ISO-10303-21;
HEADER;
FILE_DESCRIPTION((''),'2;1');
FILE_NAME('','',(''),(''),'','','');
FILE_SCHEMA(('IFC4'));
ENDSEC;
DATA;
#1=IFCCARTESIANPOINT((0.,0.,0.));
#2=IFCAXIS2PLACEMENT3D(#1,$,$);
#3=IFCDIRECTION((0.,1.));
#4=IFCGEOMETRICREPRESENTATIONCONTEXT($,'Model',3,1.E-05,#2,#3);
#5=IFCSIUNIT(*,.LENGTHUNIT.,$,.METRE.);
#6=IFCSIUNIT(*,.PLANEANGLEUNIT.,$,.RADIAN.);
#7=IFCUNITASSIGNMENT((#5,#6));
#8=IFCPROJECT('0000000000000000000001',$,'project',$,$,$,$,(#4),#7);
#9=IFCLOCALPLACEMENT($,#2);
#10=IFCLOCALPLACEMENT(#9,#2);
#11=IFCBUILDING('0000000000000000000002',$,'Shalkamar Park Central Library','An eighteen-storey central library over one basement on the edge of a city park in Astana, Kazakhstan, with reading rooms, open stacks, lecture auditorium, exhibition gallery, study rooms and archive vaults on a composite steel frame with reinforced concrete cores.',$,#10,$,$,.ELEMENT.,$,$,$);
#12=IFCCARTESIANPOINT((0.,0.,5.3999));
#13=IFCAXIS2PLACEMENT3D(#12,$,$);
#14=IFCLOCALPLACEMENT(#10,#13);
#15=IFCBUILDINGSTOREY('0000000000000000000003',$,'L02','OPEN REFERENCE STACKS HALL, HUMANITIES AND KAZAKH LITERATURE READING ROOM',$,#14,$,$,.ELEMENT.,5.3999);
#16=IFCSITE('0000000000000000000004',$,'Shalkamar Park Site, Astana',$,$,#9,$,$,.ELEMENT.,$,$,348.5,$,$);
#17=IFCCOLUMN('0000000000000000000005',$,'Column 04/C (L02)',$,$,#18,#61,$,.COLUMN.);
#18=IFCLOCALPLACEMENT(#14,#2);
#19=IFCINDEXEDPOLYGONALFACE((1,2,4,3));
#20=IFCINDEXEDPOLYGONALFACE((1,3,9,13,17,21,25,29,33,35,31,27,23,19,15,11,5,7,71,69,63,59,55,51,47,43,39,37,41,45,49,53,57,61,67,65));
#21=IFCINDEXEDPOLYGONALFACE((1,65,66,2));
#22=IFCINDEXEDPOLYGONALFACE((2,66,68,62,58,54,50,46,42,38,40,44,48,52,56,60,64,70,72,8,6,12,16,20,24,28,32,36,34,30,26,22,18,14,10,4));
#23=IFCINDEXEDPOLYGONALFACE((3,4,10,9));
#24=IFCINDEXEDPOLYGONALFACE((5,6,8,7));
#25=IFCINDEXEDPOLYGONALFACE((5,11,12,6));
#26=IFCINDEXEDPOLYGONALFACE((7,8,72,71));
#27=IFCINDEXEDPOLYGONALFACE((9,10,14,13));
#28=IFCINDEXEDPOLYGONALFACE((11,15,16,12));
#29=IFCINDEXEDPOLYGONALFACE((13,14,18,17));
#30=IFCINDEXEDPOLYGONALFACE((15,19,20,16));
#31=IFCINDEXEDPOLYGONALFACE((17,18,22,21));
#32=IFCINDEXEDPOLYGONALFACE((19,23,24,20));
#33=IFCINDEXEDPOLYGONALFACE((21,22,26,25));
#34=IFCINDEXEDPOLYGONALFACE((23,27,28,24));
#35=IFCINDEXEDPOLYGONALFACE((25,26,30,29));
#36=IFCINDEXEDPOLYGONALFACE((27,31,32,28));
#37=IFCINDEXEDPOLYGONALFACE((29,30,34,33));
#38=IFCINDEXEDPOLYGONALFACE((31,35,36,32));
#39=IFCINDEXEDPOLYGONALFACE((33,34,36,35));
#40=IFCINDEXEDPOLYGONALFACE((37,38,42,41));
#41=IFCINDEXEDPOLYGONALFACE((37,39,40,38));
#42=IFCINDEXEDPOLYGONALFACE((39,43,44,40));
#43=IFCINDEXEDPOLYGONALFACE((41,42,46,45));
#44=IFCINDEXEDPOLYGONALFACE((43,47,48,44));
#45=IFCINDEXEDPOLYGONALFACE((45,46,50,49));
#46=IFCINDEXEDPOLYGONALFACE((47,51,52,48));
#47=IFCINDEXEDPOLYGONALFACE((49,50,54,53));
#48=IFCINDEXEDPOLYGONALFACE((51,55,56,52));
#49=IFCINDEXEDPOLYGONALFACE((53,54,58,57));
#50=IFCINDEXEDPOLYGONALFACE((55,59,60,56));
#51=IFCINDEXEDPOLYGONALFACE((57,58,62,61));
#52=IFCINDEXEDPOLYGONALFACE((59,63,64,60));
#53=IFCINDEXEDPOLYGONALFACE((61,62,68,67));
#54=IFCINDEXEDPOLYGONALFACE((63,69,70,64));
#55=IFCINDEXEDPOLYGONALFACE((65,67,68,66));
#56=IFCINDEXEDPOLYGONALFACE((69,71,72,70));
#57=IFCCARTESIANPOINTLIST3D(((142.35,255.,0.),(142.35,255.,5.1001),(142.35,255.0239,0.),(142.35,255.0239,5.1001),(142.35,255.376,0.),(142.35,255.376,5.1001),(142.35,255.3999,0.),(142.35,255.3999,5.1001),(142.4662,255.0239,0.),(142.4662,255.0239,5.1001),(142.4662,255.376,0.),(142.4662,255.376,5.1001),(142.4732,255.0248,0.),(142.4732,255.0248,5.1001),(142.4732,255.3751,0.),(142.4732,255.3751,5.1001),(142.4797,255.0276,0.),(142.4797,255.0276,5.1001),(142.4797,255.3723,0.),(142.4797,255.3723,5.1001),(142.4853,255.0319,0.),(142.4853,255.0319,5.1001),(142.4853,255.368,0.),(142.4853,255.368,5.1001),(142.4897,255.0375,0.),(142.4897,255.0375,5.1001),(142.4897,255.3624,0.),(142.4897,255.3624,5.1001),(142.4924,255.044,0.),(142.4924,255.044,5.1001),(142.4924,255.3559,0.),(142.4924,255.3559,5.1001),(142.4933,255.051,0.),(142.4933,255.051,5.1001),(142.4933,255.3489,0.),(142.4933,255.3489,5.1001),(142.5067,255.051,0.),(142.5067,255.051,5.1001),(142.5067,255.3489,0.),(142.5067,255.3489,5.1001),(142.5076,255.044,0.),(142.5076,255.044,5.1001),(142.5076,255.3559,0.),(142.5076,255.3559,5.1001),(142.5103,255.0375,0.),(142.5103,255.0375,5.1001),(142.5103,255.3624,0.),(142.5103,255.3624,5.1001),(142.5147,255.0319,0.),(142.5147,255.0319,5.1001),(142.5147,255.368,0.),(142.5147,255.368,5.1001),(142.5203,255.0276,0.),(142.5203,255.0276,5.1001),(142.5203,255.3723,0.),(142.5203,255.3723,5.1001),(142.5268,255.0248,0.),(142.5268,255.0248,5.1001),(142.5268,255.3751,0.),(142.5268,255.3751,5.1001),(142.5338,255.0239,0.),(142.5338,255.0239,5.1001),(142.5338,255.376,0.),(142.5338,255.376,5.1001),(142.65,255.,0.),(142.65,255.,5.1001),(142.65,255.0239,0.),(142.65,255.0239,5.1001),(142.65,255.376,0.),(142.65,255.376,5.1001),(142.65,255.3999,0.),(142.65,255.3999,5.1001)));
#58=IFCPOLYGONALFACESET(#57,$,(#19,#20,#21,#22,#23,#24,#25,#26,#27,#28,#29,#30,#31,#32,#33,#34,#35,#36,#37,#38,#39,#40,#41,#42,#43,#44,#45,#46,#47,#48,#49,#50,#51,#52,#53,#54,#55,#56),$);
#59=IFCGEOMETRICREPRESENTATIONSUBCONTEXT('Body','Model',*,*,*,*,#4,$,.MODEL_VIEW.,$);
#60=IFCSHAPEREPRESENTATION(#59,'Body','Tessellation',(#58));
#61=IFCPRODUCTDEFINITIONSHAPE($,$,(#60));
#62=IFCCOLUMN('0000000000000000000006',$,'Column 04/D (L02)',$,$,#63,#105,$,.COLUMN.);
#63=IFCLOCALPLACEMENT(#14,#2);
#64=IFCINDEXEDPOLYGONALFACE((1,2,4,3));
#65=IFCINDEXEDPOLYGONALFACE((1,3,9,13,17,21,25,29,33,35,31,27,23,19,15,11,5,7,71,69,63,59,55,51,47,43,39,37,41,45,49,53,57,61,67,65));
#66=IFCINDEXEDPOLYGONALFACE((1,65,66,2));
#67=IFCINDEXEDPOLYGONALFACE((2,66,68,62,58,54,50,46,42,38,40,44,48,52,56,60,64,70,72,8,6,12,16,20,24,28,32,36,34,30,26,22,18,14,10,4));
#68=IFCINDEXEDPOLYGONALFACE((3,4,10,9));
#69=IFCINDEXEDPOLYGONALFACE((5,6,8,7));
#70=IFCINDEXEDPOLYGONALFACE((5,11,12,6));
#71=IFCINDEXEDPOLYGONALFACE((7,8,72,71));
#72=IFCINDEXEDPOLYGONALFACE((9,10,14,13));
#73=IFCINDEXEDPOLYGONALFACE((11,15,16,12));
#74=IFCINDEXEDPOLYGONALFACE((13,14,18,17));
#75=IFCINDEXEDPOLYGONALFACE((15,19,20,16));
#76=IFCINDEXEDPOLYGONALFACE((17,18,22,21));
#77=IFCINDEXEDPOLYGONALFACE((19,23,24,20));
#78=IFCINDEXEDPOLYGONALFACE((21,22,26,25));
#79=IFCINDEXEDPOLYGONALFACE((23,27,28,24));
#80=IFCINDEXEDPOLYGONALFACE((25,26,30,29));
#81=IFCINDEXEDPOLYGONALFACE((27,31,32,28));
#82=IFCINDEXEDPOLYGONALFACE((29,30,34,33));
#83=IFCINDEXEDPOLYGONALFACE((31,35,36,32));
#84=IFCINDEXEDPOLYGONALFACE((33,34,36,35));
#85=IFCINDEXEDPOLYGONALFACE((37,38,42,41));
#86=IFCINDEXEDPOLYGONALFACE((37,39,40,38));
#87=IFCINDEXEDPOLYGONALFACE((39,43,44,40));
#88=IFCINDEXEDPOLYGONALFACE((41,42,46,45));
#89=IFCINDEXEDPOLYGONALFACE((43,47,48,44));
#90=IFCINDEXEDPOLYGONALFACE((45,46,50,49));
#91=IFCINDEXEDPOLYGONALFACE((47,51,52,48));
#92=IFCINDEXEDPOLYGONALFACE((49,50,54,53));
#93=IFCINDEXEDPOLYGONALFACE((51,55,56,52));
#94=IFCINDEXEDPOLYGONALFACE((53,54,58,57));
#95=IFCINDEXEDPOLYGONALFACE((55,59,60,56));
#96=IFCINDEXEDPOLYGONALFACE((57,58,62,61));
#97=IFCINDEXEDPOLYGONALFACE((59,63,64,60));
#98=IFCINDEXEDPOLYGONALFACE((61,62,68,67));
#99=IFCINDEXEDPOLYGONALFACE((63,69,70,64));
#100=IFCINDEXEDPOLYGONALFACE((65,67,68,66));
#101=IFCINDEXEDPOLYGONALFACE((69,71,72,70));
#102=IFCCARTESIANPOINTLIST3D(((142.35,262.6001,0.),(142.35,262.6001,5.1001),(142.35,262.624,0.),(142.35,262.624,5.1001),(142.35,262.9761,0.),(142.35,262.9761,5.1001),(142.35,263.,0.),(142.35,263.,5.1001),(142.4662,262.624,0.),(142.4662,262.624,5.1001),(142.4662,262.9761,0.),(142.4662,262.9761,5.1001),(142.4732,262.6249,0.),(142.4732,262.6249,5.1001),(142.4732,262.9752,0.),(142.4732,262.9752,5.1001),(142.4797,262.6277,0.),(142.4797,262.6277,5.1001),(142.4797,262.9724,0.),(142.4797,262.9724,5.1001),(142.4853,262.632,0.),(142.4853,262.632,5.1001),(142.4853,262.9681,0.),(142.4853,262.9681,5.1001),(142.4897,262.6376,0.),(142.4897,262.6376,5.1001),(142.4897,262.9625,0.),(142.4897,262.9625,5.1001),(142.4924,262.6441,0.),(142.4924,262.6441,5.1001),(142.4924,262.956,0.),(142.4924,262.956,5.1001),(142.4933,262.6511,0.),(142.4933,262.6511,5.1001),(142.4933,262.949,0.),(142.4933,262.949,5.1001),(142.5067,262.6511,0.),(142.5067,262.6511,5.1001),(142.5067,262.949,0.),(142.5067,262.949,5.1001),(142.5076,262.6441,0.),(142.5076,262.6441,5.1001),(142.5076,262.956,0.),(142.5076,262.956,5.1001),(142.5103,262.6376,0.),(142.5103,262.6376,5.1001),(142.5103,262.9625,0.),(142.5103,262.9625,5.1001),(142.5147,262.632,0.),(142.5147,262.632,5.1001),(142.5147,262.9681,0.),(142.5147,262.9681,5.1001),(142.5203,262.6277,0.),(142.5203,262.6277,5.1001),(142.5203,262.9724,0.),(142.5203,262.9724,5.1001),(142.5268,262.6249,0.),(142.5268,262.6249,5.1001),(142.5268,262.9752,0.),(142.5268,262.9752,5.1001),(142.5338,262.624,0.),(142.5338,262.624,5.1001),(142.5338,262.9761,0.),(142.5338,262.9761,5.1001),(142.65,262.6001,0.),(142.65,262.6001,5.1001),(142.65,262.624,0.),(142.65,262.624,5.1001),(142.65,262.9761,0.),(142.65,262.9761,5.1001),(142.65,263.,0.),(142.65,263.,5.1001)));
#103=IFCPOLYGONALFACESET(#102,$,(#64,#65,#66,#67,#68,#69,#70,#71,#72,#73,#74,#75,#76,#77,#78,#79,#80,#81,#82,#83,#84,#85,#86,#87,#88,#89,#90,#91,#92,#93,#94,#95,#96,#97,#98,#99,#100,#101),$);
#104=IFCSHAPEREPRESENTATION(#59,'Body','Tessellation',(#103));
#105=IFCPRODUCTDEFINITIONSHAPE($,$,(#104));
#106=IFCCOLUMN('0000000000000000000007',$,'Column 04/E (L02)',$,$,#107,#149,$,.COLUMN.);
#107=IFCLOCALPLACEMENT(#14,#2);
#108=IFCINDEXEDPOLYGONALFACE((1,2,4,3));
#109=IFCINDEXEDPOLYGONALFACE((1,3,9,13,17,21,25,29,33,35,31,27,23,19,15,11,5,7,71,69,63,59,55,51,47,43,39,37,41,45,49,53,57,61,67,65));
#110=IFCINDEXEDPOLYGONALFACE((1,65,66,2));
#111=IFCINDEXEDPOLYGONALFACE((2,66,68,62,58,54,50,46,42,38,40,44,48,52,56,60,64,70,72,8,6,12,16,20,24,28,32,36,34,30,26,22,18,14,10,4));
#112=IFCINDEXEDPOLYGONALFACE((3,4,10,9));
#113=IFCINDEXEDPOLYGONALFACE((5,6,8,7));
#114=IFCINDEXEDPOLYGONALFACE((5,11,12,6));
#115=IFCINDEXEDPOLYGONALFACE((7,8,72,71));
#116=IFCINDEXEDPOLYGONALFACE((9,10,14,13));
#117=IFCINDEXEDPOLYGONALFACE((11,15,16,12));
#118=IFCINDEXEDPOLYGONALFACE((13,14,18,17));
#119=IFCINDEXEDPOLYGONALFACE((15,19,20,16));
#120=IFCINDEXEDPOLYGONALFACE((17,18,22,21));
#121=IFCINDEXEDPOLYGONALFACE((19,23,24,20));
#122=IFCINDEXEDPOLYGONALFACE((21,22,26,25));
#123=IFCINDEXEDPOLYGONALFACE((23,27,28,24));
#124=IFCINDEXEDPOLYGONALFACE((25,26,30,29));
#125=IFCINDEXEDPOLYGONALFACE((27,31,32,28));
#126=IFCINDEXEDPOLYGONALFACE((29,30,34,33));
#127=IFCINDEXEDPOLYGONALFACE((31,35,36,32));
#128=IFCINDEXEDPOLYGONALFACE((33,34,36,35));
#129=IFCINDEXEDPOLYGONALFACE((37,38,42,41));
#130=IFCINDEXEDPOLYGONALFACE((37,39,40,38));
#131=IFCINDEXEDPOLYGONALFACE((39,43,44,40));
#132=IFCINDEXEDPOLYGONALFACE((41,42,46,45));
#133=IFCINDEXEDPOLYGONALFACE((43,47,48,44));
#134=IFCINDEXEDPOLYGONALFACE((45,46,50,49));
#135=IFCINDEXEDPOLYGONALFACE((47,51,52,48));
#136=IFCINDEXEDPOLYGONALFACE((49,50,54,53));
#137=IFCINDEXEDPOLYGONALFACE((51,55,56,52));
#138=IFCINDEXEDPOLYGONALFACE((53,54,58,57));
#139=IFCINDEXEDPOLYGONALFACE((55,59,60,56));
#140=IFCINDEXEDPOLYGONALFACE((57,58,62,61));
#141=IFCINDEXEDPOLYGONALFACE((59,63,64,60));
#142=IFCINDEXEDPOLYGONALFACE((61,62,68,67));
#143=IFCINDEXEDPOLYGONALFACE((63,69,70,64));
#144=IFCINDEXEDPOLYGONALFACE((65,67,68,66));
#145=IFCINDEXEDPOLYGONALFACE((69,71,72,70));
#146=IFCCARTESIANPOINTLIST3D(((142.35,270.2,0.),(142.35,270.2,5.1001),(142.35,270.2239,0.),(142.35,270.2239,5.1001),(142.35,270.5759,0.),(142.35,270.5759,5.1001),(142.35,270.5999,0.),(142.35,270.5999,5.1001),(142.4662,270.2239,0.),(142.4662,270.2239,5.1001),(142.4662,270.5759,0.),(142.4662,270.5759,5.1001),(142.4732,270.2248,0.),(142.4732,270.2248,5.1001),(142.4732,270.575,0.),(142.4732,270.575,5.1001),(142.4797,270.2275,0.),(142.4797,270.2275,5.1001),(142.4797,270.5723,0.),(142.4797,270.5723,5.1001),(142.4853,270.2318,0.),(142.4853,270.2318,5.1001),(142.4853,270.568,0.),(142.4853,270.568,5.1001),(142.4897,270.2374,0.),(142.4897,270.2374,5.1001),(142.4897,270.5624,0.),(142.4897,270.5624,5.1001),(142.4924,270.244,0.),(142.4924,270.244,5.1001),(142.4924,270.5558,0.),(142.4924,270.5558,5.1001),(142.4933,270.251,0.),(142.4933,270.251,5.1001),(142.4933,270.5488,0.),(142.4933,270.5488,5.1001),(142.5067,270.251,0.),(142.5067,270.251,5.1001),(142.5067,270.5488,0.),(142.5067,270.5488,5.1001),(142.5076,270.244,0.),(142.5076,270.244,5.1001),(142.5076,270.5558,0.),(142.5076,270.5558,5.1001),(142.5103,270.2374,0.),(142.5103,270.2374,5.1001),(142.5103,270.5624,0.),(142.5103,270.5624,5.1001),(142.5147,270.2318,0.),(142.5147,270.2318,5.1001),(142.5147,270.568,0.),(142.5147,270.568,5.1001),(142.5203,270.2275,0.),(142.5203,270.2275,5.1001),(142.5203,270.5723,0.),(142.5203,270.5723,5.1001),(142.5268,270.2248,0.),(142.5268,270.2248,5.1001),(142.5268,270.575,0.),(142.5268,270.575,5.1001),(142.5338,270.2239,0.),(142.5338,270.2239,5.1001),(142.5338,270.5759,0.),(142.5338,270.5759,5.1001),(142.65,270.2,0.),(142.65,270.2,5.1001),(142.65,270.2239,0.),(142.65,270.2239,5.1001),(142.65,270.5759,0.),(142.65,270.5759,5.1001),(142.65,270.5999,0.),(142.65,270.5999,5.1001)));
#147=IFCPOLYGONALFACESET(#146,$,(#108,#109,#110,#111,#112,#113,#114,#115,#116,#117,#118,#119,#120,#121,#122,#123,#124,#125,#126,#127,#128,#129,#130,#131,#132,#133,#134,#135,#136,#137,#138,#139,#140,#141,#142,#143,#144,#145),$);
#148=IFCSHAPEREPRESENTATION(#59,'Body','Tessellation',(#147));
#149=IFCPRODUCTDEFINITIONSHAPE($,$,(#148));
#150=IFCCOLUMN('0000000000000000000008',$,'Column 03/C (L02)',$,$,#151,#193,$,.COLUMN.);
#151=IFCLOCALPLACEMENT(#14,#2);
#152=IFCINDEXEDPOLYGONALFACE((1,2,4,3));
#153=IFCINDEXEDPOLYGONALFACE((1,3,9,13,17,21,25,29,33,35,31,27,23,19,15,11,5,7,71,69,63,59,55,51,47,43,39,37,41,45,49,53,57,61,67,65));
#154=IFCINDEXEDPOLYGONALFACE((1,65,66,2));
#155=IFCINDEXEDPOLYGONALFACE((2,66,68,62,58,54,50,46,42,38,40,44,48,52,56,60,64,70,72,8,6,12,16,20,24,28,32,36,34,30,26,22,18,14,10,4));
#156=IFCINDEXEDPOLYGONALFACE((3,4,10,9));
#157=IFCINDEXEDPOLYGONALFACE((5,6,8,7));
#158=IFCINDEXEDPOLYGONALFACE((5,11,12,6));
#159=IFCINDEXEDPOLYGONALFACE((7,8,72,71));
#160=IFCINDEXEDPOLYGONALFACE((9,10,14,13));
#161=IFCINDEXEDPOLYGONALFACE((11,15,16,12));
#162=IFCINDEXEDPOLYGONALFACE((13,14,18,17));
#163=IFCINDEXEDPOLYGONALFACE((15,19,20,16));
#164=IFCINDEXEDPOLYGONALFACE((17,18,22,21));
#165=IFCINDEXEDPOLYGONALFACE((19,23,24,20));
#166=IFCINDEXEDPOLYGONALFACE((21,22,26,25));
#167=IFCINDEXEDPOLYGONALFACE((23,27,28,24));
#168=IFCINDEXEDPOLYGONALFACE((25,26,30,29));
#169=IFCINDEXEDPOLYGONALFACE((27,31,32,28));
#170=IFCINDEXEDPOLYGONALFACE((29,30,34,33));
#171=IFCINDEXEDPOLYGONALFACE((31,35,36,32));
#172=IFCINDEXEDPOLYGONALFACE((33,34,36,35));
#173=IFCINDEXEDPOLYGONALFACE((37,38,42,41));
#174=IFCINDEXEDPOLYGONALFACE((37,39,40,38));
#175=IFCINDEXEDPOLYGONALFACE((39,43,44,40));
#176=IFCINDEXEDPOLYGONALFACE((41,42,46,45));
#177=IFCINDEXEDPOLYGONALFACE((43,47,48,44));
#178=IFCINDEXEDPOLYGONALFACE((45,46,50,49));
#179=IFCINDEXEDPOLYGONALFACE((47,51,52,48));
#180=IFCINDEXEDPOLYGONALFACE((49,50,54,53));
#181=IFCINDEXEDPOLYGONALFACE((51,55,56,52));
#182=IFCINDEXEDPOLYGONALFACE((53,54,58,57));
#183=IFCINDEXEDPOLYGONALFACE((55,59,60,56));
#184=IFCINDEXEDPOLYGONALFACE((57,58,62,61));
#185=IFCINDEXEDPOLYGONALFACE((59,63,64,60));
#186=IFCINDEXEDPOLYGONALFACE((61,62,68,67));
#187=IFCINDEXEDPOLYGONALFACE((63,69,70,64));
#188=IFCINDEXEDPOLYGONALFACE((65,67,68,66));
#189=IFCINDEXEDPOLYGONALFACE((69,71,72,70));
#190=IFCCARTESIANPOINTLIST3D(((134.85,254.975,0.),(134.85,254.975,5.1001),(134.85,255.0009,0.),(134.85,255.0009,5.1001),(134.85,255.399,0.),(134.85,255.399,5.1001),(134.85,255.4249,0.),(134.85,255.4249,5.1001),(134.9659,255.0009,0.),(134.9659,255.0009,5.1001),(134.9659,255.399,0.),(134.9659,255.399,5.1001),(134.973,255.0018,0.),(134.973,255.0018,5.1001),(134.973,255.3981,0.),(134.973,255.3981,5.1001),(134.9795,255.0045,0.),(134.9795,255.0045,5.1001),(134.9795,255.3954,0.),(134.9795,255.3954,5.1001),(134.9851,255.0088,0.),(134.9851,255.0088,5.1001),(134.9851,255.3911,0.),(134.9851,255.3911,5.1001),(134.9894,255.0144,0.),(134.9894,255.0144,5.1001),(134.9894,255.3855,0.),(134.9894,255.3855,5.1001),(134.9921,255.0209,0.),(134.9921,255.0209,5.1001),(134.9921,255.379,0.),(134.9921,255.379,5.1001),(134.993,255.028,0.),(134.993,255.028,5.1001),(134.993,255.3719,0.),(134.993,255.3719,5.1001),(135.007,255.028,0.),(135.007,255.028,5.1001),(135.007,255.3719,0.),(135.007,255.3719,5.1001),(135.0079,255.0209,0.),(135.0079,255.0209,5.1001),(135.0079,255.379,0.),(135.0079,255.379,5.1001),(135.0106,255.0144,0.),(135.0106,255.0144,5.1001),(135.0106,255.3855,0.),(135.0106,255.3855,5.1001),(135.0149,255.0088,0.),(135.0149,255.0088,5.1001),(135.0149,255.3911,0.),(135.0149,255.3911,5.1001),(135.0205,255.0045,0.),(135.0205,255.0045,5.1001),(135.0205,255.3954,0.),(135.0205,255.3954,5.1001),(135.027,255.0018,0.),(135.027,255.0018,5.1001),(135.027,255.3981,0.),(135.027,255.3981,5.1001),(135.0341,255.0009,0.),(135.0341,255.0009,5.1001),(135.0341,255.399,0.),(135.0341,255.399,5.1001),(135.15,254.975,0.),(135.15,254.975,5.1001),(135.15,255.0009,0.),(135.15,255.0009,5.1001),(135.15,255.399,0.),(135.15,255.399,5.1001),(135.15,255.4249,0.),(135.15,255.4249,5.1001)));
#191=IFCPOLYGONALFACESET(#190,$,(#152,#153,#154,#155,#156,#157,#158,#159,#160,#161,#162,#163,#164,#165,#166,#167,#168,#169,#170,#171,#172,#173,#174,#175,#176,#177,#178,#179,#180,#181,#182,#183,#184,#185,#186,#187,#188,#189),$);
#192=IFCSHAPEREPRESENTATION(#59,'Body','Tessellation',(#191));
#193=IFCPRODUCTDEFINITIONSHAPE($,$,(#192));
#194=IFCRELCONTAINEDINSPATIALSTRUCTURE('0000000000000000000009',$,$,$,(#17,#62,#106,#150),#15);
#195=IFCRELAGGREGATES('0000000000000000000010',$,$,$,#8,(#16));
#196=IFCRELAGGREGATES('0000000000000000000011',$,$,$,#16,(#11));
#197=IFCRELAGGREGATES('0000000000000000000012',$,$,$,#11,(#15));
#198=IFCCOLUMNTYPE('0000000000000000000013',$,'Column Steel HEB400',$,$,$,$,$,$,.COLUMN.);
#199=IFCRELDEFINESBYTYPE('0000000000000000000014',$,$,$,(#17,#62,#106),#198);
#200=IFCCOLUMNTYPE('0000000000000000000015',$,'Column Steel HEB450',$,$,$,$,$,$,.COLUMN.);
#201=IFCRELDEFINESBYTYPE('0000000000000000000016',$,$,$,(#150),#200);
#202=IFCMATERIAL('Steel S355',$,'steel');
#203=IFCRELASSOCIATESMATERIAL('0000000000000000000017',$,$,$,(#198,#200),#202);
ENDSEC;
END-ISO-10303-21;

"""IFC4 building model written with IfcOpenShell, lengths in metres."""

from ifc_helpers import new_model, si_unit, direction, frame, origin, origin_2d, place, context, subcontext, project, spatial, i_section, extrude, material, material_profile, profile_set, type_object, element, save


model = new_model("IFC4")

# Units and contexts
model_context = context("Model", 3, precision=1e-05, world=origin(), true_north=direction((0.0, 1.0)))
body_context = subcontext(model_context, "Body", "Model", "MODEL_VIEW")
ifc_project = project(units=[si_unit("LENGTHUNIT", "METRE"), si_unit("PLANEANGLEUNIT", "RADIAN")], contexts=[model_context])

# Site, building, storey
site_placement = place(None, origin())
site = spatial("IfcSite", under=ifc_project, at=site_placement, Name="Shalkamar Park Site, Astana", CompositionType="ELEMENT", RefElevation=348.5)
building_placement = place(site_placement, origin())
building = spatial("IfcBuilding", under=site, at=building_placement, Name="Shalkamar Park Central Library", Description="An eighteen-storey central library over one basement on the edge of a city park in Astana, Kazakhstan, with reading rooms, open stacks, lecture auditorium, exhibition gallery, study rooms and archive vaults on a composite steel frame with reinforced concrete cores.", CompositionType="ELEMENT")
storey_placement = place(building_placement, frame((0.0, 0.0, 5.3999)))
storey = spatial("IfcBuildingStorey", under=building, at=storey_placement, Name="L02", Description="OPEN REFERENCE STACKS HALL, HUMANITIES AND KAZAKH LITERATURE READING ROOM", CompositionType="ELEMENT", Elevation=5.3999)

# Columns
ifc_material_1 = material(Name="Steel S355", Category="steel")
ifc_material_profile_1 = material_profile(ifc_material_1, i_section(OverallWidth=0.3, OverallDepth=0.3999, WebThickness=0.0134, FlangeThickness=0.0239, FilletRadius=0.0271, at=origin_2d()), Name="HEB 400")
ifc_profile_set_1 = profile_set([ifc_material_profile_1], Name="Steel S355")
column_type_1 = type_object("IfcColumnType", Name="Column Steel HEB400", PredefinedType="COLUMN", material=ifc_profile_set_1)
for number, where, z_axis, x_axis, name in (
    (1, (142.5, 255.2, 0.0), (0.0, 0.0, 1.0), (1.0, 0.0, 0.0), "Column 04/C (L02)"),
    (2, (142.5, 262.8, 0.0), (0.0, 0.0, 1.0), (1.0, 0.0, 0.0), "Column 04/D (L02)"),
    (3, (142.5, 270.3999, 0.0), (0.0, 0.0, 1.0), (1.0, 0.0, 0.0), "Column 04/E (L02)"),
):
    element("IfcColumn", number, at=place(storey_placement, frame(where, z_axis=z_axis, x_axis=x_axis)), inside=storey, type_object=column_type_1, Name=name, PredefinedType="COLUMN", context=body_context, shape_type="SweptSolid", body=[
        extrude(i_section(OverallWidth=0.3, OverallDepth=0.3999, WebThickness=0.0134, FlangeThickness=0.0239, FilletRadius=0.0271, at=origin_2d()), origin(), (0.0, 0.0, 1.0), 5.1001),
    ])
ifc_material_profile_2 = material_profile(ifc_material_1, i_section(OverallWidth=0.3, OverallDepth=0.45, WebThickness=0.0139, FlangeThickness=0.0259, FilletRadius=0.0271, at=origin_2d()), Name="HEB 450")
ifc_profile_set_2 = profile_set([ifc_material_profile_2], Name="Steel S355")
column_type_2 = type_object("IfcColumnType", Name="Column Steel HEB450", PredefinedType="COLUMN", material=ifc_profile_set_2)
for number, where, z_axis, x_axis, name in (
    (4, (135.0, 255.2, 0.0), (0.0, 0.0, 1.0), (1.0, 0.0, 0.0), "Column 03/C (L02)"),
):
    element("IfcColumn", number, at=place(storey_placement, frame(where, z_axis=z_axis, x_axis=x_axis)), inside=storey, type_object=column_type_2, Name=name, PredefinedType="COLUMN", context=body_context, shape_type="SweptSolid", body=[
        extrude(i_section(OverallWidth=0.3, OverallDepth=0.45, WebThickness=0.0139, FlangeThickness=0.0259, FilletRadius=0.0271, at=origin_2d()), origin(), (0.0, 0.0, 1.0), 5.1001),
    ])

save(model, "model.ifc")
